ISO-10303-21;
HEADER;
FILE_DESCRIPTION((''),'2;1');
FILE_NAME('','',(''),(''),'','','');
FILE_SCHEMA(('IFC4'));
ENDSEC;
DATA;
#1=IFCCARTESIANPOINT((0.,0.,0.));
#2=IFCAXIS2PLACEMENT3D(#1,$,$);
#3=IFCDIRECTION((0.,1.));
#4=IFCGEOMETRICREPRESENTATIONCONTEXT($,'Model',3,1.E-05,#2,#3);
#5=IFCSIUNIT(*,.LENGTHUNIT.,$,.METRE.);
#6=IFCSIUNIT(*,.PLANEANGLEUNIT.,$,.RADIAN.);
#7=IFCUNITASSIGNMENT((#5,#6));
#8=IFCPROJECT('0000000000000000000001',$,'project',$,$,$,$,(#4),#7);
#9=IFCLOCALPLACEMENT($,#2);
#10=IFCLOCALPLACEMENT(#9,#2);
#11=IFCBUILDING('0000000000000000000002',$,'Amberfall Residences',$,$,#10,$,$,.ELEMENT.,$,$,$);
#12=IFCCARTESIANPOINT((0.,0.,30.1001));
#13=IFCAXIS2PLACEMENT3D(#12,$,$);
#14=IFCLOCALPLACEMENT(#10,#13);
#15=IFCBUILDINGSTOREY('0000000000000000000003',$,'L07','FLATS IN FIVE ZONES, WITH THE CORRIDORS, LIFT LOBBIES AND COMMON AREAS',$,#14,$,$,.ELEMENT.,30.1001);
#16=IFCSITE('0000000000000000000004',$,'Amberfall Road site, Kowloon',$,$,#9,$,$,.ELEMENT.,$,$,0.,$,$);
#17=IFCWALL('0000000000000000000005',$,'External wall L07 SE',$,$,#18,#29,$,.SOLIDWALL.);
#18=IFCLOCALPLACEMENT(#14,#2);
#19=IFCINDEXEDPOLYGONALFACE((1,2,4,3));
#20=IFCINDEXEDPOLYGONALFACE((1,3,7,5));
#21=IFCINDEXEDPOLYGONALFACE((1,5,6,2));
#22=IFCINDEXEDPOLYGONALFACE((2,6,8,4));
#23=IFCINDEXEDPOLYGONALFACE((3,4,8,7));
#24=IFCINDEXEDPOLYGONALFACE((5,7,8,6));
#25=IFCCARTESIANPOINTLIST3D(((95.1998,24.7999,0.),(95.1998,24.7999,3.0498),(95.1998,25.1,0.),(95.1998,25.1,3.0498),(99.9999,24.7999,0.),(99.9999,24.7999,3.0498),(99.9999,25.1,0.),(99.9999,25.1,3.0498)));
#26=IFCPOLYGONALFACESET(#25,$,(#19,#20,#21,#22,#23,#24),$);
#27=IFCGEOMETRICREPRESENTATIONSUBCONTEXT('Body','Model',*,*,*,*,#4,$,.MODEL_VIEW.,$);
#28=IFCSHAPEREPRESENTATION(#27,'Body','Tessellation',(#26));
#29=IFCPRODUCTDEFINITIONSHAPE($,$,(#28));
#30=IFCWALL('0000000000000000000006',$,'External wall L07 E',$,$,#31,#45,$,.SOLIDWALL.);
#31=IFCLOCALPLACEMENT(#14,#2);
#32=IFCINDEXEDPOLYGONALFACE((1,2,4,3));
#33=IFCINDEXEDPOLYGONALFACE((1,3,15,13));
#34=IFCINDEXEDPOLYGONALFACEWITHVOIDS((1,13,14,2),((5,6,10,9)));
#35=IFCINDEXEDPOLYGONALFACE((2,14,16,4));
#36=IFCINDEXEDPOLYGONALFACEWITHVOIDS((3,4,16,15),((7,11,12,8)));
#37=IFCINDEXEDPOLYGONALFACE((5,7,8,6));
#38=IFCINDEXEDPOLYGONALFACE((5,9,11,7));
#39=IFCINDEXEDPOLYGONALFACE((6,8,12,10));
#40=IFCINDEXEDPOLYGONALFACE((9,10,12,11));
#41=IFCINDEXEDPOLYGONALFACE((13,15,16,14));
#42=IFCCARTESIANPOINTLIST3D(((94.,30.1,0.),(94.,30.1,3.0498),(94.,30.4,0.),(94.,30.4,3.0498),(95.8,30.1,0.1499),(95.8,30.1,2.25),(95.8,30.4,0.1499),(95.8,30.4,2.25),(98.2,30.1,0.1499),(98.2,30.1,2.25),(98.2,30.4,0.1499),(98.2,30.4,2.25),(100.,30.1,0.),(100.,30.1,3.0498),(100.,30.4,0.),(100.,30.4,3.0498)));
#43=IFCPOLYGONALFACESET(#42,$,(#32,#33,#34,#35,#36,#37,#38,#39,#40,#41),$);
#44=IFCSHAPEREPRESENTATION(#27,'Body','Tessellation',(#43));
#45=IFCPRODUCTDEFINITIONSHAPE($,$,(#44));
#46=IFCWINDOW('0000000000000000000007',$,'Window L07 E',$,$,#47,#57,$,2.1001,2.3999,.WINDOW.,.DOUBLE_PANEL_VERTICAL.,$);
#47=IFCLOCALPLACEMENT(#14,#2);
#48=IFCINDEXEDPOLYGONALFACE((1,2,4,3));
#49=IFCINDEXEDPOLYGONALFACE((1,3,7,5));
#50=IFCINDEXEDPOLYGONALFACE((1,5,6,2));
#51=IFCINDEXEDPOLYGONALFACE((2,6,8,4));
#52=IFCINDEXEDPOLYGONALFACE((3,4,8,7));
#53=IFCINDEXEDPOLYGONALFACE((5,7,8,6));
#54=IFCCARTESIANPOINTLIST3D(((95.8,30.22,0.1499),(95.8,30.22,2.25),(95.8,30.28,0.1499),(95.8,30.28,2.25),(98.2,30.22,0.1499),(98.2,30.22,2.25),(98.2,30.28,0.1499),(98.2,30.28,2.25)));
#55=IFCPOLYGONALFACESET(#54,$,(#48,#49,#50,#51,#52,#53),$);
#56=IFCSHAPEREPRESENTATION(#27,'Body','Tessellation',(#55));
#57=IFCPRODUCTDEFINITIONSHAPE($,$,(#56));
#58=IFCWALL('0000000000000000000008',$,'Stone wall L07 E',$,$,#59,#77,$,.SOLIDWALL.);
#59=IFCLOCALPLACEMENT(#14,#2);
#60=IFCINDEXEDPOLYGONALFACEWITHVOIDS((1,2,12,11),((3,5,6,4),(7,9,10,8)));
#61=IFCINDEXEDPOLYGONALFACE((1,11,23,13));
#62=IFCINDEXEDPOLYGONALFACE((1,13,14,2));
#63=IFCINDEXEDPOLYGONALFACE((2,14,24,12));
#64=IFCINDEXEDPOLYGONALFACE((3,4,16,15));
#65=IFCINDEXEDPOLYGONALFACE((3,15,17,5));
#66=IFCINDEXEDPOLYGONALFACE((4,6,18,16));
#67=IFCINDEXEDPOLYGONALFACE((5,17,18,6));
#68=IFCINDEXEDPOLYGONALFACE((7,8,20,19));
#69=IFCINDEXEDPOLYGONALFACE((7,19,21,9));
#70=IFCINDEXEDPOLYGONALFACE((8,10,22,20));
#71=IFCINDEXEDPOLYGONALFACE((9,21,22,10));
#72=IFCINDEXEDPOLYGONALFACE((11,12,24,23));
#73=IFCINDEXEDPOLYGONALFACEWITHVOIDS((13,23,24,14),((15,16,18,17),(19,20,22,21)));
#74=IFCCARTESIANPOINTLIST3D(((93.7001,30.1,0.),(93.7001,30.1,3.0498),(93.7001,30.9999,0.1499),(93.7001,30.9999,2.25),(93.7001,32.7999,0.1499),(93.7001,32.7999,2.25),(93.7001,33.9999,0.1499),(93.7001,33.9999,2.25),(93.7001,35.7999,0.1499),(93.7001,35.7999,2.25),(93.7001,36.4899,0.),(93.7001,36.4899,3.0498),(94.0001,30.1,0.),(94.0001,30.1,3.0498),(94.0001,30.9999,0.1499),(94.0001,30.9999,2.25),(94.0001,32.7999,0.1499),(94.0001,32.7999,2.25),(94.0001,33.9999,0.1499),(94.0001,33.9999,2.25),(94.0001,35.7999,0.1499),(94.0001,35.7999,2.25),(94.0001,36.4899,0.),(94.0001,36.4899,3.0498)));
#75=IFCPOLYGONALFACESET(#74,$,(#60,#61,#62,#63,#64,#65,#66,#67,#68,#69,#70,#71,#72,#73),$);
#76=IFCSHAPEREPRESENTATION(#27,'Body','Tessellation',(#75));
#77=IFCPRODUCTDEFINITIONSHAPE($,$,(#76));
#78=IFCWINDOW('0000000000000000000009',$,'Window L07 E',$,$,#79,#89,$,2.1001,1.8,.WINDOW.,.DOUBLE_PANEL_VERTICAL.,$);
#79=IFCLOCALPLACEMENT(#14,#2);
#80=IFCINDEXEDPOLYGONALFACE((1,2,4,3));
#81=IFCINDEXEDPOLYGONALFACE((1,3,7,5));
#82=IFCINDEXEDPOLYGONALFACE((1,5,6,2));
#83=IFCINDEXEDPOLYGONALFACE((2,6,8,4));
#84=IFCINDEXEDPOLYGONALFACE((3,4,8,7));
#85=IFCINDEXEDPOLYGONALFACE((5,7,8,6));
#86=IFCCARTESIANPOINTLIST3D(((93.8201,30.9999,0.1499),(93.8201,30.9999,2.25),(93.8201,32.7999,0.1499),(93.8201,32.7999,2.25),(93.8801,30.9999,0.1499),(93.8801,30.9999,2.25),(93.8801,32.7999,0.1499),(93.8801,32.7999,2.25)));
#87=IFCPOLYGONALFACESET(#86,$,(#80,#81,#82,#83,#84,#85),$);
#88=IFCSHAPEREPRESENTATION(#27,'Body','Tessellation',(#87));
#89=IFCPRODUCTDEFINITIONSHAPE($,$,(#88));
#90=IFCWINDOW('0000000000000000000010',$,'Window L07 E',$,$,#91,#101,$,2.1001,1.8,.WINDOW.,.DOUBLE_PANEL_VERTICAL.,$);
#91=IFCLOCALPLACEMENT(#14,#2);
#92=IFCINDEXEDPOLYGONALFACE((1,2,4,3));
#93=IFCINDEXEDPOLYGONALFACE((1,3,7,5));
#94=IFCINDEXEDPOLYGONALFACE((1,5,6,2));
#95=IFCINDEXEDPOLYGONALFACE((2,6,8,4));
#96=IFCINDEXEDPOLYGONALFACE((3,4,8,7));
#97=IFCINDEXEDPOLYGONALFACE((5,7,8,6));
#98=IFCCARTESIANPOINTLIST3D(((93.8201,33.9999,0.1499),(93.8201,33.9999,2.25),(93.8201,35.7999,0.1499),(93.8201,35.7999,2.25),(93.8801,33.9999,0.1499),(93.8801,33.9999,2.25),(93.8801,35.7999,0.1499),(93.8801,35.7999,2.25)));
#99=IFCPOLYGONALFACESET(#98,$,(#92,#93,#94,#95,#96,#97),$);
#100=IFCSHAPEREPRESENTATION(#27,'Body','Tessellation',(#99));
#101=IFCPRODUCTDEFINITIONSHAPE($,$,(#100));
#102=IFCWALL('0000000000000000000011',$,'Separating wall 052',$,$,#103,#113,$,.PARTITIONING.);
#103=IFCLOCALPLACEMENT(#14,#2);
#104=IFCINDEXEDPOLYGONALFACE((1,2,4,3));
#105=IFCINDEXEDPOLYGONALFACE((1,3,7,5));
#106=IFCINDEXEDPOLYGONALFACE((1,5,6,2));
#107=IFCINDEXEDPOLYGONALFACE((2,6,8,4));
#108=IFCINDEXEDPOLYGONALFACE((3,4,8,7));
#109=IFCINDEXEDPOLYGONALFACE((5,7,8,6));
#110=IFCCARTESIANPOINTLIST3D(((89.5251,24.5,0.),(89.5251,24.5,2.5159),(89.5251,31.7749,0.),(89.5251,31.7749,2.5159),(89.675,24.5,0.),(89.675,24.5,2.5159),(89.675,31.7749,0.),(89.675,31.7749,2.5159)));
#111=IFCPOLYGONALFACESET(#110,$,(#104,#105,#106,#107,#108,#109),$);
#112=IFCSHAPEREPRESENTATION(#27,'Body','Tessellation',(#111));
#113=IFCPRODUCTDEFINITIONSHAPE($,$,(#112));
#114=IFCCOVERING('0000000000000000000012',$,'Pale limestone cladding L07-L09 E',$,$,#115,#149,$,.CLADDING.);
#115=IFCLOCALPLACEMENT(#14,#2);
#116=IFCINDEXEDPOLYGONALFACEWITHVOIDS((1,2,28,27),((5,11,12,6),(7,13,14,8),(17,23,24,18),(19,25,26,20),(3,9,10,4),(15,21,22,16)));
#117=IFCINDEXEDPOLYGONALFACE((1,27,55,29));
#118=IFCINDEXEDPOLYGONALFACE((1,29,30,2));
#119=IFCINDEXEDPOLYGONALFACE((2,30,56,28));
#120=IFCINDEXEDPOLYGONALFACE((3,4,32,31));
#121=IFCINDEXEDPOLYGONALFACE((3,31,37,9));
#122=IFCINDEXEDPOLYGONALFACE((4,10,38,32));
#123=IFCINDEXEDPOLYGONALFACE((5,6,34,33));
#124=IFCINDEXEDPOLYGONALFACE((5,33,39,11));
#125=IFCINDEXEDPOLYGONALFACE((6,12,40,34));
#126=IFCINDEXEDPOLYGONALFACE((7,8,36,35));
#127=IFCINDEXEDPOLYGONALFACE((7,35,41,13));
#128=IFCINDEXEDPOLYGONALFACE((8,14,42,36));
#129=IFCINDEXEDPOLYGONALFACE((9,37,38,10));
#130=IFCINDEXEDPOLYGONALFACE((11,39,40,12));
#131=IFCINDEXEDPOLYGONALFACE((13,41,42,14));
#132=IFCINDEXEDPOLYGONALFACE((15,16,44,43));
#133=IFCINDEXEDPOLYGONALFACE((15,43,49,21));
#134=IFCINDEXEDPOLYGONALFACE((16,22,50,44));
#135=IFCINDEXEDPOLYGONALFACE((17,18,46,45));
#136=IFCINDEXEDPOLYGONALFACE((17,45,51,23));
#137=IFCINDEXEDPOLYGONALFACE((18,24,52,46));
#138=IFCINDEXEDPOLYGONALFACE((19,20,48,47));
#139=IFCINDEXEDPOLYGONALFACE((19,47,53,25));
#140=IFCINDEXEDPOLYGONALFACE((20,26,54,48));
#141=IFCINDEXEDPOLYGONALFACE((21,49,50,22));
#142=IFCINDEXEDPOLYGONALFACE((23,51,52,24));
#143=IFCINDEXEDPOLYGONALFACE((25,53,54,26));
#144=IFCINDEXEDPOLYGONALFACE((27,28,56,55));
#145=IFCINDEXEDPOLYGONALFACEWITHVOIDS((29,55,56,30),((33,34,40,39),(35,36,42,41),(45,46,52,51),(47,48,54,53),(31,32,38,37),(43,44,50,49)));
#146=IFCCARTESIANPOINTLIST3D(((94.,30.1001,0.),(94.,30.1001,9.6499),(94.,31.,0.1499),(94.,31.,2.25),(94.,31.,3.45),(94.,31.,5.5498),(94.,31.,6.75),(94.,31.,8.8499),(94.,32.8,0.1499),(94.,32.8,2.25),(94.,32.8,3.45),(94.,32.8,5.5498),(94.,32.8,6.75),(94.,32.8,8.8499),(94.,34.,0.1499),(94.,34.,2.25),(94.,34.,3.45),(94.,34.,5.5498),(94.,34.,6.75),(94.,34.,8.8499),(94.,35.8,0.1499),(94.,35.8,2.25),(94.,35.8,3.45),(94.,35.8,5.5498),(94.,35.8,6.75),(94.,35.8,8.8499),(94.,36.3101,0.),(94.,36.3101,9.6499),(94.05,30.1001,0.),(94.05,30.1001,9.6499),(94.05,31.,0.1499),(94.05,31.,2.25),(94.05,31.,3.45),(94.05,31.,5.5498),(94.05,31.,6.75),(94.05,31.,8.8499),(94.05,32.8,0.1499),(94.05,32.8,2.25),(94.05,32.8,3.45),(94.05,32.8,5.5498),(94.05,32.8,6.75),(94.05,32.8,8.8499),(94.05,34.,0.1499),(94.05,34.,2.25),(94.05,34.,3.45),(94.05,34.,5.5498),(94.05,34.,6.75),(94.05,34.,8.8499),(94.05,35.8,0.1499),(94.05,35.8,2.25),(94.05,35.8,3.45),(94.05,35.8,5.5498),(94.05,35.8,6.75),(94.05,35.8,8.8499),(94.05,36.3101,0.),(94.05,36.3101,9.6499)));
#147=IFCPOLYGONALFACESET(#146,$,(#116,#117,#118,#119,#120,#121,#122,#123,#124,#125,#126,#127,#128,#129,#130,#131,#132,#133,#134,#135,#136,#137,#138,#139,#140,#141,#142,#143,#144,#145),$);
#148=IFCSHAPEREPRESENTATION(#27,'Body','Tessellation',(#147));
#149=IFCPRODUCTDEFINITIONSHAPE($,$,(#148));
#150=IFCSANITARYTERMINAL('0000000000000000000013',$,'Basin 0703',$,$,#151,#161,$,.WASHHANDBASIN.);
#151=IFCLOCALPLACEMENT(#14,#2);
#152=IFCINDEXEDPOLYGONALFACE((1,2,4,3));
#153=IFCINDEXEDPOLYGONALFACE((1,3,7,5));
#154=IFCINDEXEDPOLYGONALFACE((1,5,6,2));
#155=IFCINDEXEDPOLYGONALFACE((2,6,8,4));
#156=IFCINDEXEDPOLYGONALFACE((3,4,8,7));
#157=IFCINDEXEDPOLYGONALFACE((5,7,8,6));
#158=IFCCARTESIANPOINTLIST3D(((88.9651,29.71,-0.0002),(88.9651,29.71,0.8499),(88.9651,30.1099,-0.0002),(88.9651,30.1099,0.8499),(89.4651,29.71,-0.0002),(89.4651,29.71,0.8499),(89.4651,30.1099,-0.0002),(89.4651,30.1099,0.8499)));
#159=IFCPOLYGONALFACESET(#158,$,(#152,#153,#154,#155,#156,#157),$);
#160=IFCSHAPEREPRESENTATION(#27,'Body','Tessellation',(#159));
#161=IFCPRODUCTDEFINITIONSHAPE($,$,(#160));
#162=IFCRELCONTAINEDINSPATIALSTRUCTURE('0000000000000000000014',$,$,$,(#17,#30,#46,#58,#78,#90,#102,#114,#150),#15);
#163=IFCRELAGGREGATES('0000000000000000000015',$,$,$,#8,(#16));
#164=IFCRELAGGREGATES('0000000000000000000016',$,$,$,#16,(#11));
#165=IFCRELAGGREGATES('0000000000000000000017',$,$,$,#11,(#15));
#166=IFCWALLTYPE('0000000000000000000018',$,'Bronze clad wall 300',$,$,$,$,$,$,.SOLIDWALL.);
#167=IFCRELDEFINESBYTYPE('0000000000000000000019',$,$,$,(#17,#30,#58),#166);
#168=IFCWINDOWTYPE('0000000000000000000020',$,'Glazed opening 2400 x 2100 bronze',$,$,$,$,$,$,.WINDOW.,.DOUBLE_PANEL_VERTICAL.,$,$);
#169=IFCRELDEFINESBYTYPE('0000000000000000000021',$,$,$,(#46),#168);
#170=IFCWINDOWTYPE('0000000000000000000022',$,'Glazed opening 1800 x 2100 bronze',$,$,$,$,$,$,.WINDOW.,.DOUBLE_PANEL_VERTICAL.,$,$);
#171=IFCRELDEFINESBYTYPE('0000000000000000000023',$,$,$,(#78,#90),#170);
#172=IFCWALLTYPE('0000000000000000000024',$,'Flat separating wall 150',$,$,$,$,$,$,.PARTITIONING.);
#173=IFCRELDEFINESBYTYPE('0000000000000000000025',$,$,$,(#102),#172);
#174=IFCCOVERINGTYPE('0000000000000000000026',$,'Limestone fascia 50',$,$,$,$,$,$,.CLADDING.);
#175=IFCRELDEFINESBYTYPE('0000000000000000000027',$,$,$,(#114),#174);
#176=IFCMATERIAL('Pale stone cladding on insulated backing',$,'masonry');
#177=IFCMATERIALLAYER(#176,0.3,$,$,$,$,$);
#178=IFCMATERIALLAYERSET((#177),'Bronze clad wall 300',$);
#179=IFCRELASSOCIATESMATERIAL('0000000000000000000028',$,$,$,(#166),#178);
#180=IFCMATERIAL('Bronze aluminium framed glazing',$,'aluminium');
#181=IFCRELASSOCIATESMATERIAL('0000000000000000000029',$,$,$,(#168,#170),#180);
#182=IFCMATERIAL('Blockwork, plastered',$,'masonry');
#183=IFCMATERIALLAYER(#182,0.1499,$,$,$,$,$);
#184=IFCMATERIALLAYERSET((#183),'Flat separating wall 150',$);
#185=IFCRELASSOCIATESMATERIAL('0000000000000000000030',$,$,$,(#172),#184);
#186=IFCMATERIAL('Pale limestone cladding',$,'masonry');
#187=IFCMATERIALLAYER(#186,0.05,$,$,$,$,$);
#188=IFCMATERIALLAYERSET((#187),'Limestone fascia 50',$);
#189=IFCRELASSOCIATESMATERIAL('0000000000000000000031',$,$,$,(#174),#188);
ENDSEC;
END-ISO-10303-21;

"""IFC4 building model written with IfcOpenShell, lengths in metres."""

from ifc_helpers import new_model, si_unit, direction, frame, frame_2d, origin, origin_2d, place, context, subcontext, project, spatial, polyline, rectangle, outline, extrude, material, layer, layer_set, type_object, element, fill, save


model = new_model("IFC4")

# Units and contexts
model_context = context("Model", 3, precision=1e-05, world=origin(), true_north=direction((0.0, 1.0)))
body_context = subcontext(model_context, "Body", "Model", "MODEL_VIEW")
ifc_project = project(units=[si_unit("LENGTHUNIT", "METRE"), si_unit("PLANEANGLEUNIT", "RADIAN")], contexts=[model_context])

# Site, building, storey
site_placement = place(None, origin())
site = spatial("IfcSite", under=ifc_project, at=site_placement, Name="Amberfall Road site, Kowloon", CompositionType="ELEMENT", RefElevation=0.0)
building_placement = place(site_placement, origin())
building = spatial("IfcBuilding", under=site, at=building_placement, Name="Amberfall Residences", CompositionType="ELEMENT")
storey_placement = place(building_placement, frame((0.0, 0.0, 30.1001)))
storey = spatial("IfcBuildingStorey", under=building, at=storey_placement, Name="L07", Description="FLATS IN FIVE ZONES, WITH THE CORRIDORS, LIFT LOBBIES AND COMMON AREAS", CompositionType="ELEMENT", Elevation=30.1001)

# Shared definitions
ifc_material_1 = material(Name="Pale stone cladding on insulated backing", Category="masonry")
ifc_layer_1 = layer(ifc_material_1, 0.3)
ifc_layer_set_1 = layer_set([ifc_layer_1], Name="Bronze clad wall 300")
wall_type_1 = type_object("IfcWallType", Name="Bronze clad wall 300", PredefinedType="SOLIDWALL", material=ifc_layer_set_1)
ifc_material_2 = material(Name="Bronze aluminium framed glazing", Category="aluminium")
window_type_1 = type_object("IfcWindowType", Name="Glazed opening 2400 x 2100 bronze", PartitioningType="DOUBLE_PANEL_VERTICAL", PredefinedType="WINDOW", material=ifc_material_2)

# Wall
wall_1_placement = place(storey_placement, frame((95.2, 24.95, 0.0), z_axis=(0.0, 0.0, 1.0), x_axis=(1.0, 0.0, 0.0)))
element("IfcWall", 1, at=wall_1_placement, inside=storey, type_object=wall_type_1, Name="External wall L07 SE", PredefinedType="SOLIDWALL", context=body_context, shape_type="SweptSolid", body=[
    extrude(rectangle(XDim=4.8, YDim=0.3, at=frame_2d((2.3999, 0.0))), origin(), (0.0, 0.0, 1.0), 3.0498),
])

# Wall, opening, window
wall_2_placement = place(storey_placement, frame((100.0, 30.25, 0.0), z_axis=(0.0, 0.0, 1.0), x_axis=(-1.0, 0.0, 0.0)))
wall_2 = element("IfcWall", 2, at=wall_2_placement, inside=storey, type_object=wall_type_1, Name="External wall L07 E", PredefinedType="SOLIDWALL", context=body_context, shape_type="SweptSolid", body=[
    extrude(rectangle(XDim=6.0, YDim=0.3, at=frame_2d((3.0, 0.0))), origin(), (0.0, 0.0, 1.0), 3.0498),
])
opening_1_placement = place(wall_2_placement, frame((1.8, 0.0, 0.1499)))
opening_1 = element("IfcOpeningElement", 3, at=opening_1_placement, cuts=wall_2, PredefinedType="OPENING", context=body_context, shape_type="SweptSolid", body=[
    extrude(rectangle(XDim=2.3999, YDim=2.1001, at=frame_2d((1.2, 1.05))), frame((0.0, 0.1599, 0.0), z_axis=(0.0, -1.0, 0.0), x_axis=(1.0, 0.0, 0.0)), (0.0, 0.0, 1.0), 0.3201),
])
window_1_placement = place(opening_1_placement, origin())
window_1 = element("IfcWindow", 4, at=window_1_placement, inside=storey, type_object=window_type_1, Name="Window L07 E", OverallHeight=2.1001, OverallWidth=2.3999, PartitioningType="DOUBLE_PANEL_VERTICAL", PredefinedType="WINDOW", context=body_context, shape_type="SweptSolid", body=[
    extrude(rectangle(XDim=2.3999, YDim=2.1001, at=frame_2d((1.2, 1.05))), frame((0.0, 0.03, 0.0), z_axis=(0.0, -1.0, 0.0), x_axis=(1.0, 0.0, 0.0)), (0.0, 0.0, 1.0), 0.0601),
])
fill(opening_1, window_1)

# Wall, openings, windows
wall_3_placement = place(storey_placement, frame((93.8501, 30.1001, 0.0), z_axis=(0.0, 0.0, 1.0), x_axis=(0.0, 1.0, 0.0)))
wall_3 = element("IfcWall", 5, at=wall_3_placement, inside=storey, type_object=wall_type_1, Name="Stone wall L07 E", PredefinedType="SOLIDWALL", context=body_context, shape_type="SweptSolid", body=[
    extrude(rectangle(XDim=6.3899, YDim=0.3, at=frame_2d((3.1948, 0.0))), origin(), (0.0, 0.0, 1.0), 3.0498),
])
opening_2_placement = place(wall_3_placement, frame((0.8999, 0.0, 0.1499)))
opening_2 = element("IfcOpeningElement", 6, at=opening_2_placement, cuts=wall_3, PredefinedType="OPENING", context=body_context, shape_type="SweptSolid", body=[
    extrude(rectangle(XDim=1.8, YDim=2.1001, at=frame_2d((0.8999, 1.05))), frame((0.0, 0.1599, 0.0), z_axis=(0.0, -1.0, 0.0), x_axis=(1.0, 0.0, 0.0)), (0.0, 0.0, 1.0), 0.3201),
])
opening_3_placement = place(wall_3_placement, frame((3.8999, 0.0, 0.1499)))
opening_3 = element("IfcOpeningElement", 7, at=opening_3_placement, cuts=wall_3, PredefinedType="OPENING", context=body_context, shape_type="SweptSolid", body=[
    extrude(rectangle(XDim=1.8, YDim=2.1001, at=frame_2d((0.8999, 1.05))), frame((0.0, 0.1599, 0.0), z_axis=(0.0, -1.0, 0.0), x_axis=(1.0, 0.0, 0.0)), (0.0, 0.0, 1.0), 0.3201),
])
window_type_2 = type_object("IfcWindowType", Name="Glazed opening 1800 x 2100 bronze", PartitioningType="DOUBLE_PANEL_VERTICAL", PredefinedType="WINDOW", material=ifc_material_2)
window_2_placement = place(opening_2_placement, origin())
window_2 = element("IfcWindow", 8, at=window_2_placement, inside=storey, type_object=window_type_2, Name="Window L07 E", OverallHeight=2.1001, OverallWidth=1.8, PartitioningType="DOUBLE_PANEL_VERTICAL", PredefinedType="WINDOW", context=body_context, shape_type="SweptSolid", body=[
    extrude(rectangle(XDim=1.8, YDim=2.1001, at=frame_2d((0.8999, 1.05))), frame((0.0, 0.03, 0.0), z_axis=(0.0, -1.0, 0.0), x_axis=(1.0, 0.0, 0.0)), (0.0, 0.0, 1.0), 0.0601),
])
fill(opening_2, window_2)
window_3_placement = place(opening_3_placement, origin())
window_3 = element("IfcWindow", 9, at=window_3_placement, inside=storey, type_object=window_type_2, Name="Window L07 E", OverallHeight=2.1001, OverallWidth=1.8, PartitioningType="DOUBLE_PANEL_VERTICAL", PredefinedType="WINDOW", context=body_context, shape_type="SweptSolid", body=[
    extrude(rectangle(XDim=1.8, YDim=2.1001, at=frame_2d((0.8999, 1.05))), frame((0.0, 0.03, 0.0), z_axis=(0.0, -1.0, 0.0), x_axis=(1.0, 0.0, 0.0)), (0.0, 0.0, 1.0), 0.0601),
])
fill(opening_3, window_3)

# Wall
ifc_material_3 = material(Name="Blockwork, plastered", Category="masonry")
ifc_layer_2 = layer(ifc_material_3, 0.1499)
ifc_layer_set_2 = layer_set([ifc_layer_2], Name="Flat separating wall 150")
wall_type_2 = type_object("IfcWallType", Name="Flat separating wall 150", PredefinedType="PARTITIONING", material=ifc_layer_set_2)
wall_4_placement = place(storey_placement, frame((89.6001, 24.5, 0.0), z_axis=(0.0, 0.0, 1.0), x_axis=(0.0, 1.0, 0.0)))
element("IfcWall", 10, at=wall_4_placement, inside=storey, type_object=wall_type_2, Name="Separating wall 052", PredefinedType="PARTITIONING", context=body_context, shape_type="SweptSolid", body=[
    extrude(rectangle(XDim=7.2749, YDim=0.1499, at=frame_2d((3.6375, 0.0))), origin(), (0.0, 0.0, 1.0), 2.5159),
])

# Covering
ifc_material_4 = material(Name="Pale limestone cladding", Category="masonry")
ifc_layer_3 = layer(ifc_material_4, 0.05)
ifc_layer_set_3 = layer_set([ifc_layer_3], Name="Limestone fascia 50")
covering_type = type_object("IfcCoveringType", Name="Limestone fascia 50", PredefinedType="CLADDING", material=ifc_layer_set_3)
covering_placement = place(storey_placement, frame((94.0, 30.1001, 9.6499), z_axis=(-1.0, 0.0, 0.0), x_axis=(0.0, 1.0, 0.0)))
element("IfcCovering", 11, at=covering_placement, inside=storey, type_object=covering_type, Name="Pale limestone cladding L07-L09 E", PredefinedType="CLADDING", context=body_context, shape_type="SweptSolid", body=[
    extrude(outline(polyline([(0.0, 0.0), (6.21, 0.0), (6.21, 9.6499), (0.0, 9.6499), (0.0, 0.0)]), holes=[polyline([(0.8999, 7.3999), (2.7, 7.3999), (2.7, 9.5), (0.8999, 9.5), (0.8999, 7.3999)]), polyline([(3.8999, 7.3999), (5.7, 7.3999), (5.7, 9.5), (3.8999, 9.5), (3.8999, 7.3999)]), polyline([(0.8999, 4.1001), (2.7, 4.1001), (2.7, 6.2), (0.8999, 6.2), (0.8999, 4.1001)]), polyline([(3.8999, 4.1001), (5.7, 4.1001), (5.7, 6.2), (3.8999, 6.2), (3.8999, 4.1001)]), polyline([(0.8999, 0.8), (2.7, 0.8), (2.7, 2.8999), (0.8999, 2.8999), (0.8999, 0.8)]), polyline([(3.8999, 0.8), (5.7, 0.8), (5.7, 2.8999), (3.8999, 2.8999), (3.8999, 0.8)])]), origin(), (0.0, 0.0, -1.0), 0.05),
])

# Sanitary terminal
sanitary_terminal_placement = place(storey_placement, frame((89.2151, 29.9099, -0.0002), z_axis=(0.0, 0.0, 1.0), x_axis=(1.0, 0.0, 0.0)))
element("IfcSanitaryTerminal", 12, at=sanitary_terminal_placement, inside=storey, Name="Basin 0703", PredefinedType="WASHHANDBASIN", context=body_context, shape_type="SweptSolid", body=[
    extrude(rectangle(XDim=0.5, YDim=0.3999, at=origin_2d()), origin(), (0.0, 0.0, 1.0), 0.8501),
])

save(model, "model.ifc")
